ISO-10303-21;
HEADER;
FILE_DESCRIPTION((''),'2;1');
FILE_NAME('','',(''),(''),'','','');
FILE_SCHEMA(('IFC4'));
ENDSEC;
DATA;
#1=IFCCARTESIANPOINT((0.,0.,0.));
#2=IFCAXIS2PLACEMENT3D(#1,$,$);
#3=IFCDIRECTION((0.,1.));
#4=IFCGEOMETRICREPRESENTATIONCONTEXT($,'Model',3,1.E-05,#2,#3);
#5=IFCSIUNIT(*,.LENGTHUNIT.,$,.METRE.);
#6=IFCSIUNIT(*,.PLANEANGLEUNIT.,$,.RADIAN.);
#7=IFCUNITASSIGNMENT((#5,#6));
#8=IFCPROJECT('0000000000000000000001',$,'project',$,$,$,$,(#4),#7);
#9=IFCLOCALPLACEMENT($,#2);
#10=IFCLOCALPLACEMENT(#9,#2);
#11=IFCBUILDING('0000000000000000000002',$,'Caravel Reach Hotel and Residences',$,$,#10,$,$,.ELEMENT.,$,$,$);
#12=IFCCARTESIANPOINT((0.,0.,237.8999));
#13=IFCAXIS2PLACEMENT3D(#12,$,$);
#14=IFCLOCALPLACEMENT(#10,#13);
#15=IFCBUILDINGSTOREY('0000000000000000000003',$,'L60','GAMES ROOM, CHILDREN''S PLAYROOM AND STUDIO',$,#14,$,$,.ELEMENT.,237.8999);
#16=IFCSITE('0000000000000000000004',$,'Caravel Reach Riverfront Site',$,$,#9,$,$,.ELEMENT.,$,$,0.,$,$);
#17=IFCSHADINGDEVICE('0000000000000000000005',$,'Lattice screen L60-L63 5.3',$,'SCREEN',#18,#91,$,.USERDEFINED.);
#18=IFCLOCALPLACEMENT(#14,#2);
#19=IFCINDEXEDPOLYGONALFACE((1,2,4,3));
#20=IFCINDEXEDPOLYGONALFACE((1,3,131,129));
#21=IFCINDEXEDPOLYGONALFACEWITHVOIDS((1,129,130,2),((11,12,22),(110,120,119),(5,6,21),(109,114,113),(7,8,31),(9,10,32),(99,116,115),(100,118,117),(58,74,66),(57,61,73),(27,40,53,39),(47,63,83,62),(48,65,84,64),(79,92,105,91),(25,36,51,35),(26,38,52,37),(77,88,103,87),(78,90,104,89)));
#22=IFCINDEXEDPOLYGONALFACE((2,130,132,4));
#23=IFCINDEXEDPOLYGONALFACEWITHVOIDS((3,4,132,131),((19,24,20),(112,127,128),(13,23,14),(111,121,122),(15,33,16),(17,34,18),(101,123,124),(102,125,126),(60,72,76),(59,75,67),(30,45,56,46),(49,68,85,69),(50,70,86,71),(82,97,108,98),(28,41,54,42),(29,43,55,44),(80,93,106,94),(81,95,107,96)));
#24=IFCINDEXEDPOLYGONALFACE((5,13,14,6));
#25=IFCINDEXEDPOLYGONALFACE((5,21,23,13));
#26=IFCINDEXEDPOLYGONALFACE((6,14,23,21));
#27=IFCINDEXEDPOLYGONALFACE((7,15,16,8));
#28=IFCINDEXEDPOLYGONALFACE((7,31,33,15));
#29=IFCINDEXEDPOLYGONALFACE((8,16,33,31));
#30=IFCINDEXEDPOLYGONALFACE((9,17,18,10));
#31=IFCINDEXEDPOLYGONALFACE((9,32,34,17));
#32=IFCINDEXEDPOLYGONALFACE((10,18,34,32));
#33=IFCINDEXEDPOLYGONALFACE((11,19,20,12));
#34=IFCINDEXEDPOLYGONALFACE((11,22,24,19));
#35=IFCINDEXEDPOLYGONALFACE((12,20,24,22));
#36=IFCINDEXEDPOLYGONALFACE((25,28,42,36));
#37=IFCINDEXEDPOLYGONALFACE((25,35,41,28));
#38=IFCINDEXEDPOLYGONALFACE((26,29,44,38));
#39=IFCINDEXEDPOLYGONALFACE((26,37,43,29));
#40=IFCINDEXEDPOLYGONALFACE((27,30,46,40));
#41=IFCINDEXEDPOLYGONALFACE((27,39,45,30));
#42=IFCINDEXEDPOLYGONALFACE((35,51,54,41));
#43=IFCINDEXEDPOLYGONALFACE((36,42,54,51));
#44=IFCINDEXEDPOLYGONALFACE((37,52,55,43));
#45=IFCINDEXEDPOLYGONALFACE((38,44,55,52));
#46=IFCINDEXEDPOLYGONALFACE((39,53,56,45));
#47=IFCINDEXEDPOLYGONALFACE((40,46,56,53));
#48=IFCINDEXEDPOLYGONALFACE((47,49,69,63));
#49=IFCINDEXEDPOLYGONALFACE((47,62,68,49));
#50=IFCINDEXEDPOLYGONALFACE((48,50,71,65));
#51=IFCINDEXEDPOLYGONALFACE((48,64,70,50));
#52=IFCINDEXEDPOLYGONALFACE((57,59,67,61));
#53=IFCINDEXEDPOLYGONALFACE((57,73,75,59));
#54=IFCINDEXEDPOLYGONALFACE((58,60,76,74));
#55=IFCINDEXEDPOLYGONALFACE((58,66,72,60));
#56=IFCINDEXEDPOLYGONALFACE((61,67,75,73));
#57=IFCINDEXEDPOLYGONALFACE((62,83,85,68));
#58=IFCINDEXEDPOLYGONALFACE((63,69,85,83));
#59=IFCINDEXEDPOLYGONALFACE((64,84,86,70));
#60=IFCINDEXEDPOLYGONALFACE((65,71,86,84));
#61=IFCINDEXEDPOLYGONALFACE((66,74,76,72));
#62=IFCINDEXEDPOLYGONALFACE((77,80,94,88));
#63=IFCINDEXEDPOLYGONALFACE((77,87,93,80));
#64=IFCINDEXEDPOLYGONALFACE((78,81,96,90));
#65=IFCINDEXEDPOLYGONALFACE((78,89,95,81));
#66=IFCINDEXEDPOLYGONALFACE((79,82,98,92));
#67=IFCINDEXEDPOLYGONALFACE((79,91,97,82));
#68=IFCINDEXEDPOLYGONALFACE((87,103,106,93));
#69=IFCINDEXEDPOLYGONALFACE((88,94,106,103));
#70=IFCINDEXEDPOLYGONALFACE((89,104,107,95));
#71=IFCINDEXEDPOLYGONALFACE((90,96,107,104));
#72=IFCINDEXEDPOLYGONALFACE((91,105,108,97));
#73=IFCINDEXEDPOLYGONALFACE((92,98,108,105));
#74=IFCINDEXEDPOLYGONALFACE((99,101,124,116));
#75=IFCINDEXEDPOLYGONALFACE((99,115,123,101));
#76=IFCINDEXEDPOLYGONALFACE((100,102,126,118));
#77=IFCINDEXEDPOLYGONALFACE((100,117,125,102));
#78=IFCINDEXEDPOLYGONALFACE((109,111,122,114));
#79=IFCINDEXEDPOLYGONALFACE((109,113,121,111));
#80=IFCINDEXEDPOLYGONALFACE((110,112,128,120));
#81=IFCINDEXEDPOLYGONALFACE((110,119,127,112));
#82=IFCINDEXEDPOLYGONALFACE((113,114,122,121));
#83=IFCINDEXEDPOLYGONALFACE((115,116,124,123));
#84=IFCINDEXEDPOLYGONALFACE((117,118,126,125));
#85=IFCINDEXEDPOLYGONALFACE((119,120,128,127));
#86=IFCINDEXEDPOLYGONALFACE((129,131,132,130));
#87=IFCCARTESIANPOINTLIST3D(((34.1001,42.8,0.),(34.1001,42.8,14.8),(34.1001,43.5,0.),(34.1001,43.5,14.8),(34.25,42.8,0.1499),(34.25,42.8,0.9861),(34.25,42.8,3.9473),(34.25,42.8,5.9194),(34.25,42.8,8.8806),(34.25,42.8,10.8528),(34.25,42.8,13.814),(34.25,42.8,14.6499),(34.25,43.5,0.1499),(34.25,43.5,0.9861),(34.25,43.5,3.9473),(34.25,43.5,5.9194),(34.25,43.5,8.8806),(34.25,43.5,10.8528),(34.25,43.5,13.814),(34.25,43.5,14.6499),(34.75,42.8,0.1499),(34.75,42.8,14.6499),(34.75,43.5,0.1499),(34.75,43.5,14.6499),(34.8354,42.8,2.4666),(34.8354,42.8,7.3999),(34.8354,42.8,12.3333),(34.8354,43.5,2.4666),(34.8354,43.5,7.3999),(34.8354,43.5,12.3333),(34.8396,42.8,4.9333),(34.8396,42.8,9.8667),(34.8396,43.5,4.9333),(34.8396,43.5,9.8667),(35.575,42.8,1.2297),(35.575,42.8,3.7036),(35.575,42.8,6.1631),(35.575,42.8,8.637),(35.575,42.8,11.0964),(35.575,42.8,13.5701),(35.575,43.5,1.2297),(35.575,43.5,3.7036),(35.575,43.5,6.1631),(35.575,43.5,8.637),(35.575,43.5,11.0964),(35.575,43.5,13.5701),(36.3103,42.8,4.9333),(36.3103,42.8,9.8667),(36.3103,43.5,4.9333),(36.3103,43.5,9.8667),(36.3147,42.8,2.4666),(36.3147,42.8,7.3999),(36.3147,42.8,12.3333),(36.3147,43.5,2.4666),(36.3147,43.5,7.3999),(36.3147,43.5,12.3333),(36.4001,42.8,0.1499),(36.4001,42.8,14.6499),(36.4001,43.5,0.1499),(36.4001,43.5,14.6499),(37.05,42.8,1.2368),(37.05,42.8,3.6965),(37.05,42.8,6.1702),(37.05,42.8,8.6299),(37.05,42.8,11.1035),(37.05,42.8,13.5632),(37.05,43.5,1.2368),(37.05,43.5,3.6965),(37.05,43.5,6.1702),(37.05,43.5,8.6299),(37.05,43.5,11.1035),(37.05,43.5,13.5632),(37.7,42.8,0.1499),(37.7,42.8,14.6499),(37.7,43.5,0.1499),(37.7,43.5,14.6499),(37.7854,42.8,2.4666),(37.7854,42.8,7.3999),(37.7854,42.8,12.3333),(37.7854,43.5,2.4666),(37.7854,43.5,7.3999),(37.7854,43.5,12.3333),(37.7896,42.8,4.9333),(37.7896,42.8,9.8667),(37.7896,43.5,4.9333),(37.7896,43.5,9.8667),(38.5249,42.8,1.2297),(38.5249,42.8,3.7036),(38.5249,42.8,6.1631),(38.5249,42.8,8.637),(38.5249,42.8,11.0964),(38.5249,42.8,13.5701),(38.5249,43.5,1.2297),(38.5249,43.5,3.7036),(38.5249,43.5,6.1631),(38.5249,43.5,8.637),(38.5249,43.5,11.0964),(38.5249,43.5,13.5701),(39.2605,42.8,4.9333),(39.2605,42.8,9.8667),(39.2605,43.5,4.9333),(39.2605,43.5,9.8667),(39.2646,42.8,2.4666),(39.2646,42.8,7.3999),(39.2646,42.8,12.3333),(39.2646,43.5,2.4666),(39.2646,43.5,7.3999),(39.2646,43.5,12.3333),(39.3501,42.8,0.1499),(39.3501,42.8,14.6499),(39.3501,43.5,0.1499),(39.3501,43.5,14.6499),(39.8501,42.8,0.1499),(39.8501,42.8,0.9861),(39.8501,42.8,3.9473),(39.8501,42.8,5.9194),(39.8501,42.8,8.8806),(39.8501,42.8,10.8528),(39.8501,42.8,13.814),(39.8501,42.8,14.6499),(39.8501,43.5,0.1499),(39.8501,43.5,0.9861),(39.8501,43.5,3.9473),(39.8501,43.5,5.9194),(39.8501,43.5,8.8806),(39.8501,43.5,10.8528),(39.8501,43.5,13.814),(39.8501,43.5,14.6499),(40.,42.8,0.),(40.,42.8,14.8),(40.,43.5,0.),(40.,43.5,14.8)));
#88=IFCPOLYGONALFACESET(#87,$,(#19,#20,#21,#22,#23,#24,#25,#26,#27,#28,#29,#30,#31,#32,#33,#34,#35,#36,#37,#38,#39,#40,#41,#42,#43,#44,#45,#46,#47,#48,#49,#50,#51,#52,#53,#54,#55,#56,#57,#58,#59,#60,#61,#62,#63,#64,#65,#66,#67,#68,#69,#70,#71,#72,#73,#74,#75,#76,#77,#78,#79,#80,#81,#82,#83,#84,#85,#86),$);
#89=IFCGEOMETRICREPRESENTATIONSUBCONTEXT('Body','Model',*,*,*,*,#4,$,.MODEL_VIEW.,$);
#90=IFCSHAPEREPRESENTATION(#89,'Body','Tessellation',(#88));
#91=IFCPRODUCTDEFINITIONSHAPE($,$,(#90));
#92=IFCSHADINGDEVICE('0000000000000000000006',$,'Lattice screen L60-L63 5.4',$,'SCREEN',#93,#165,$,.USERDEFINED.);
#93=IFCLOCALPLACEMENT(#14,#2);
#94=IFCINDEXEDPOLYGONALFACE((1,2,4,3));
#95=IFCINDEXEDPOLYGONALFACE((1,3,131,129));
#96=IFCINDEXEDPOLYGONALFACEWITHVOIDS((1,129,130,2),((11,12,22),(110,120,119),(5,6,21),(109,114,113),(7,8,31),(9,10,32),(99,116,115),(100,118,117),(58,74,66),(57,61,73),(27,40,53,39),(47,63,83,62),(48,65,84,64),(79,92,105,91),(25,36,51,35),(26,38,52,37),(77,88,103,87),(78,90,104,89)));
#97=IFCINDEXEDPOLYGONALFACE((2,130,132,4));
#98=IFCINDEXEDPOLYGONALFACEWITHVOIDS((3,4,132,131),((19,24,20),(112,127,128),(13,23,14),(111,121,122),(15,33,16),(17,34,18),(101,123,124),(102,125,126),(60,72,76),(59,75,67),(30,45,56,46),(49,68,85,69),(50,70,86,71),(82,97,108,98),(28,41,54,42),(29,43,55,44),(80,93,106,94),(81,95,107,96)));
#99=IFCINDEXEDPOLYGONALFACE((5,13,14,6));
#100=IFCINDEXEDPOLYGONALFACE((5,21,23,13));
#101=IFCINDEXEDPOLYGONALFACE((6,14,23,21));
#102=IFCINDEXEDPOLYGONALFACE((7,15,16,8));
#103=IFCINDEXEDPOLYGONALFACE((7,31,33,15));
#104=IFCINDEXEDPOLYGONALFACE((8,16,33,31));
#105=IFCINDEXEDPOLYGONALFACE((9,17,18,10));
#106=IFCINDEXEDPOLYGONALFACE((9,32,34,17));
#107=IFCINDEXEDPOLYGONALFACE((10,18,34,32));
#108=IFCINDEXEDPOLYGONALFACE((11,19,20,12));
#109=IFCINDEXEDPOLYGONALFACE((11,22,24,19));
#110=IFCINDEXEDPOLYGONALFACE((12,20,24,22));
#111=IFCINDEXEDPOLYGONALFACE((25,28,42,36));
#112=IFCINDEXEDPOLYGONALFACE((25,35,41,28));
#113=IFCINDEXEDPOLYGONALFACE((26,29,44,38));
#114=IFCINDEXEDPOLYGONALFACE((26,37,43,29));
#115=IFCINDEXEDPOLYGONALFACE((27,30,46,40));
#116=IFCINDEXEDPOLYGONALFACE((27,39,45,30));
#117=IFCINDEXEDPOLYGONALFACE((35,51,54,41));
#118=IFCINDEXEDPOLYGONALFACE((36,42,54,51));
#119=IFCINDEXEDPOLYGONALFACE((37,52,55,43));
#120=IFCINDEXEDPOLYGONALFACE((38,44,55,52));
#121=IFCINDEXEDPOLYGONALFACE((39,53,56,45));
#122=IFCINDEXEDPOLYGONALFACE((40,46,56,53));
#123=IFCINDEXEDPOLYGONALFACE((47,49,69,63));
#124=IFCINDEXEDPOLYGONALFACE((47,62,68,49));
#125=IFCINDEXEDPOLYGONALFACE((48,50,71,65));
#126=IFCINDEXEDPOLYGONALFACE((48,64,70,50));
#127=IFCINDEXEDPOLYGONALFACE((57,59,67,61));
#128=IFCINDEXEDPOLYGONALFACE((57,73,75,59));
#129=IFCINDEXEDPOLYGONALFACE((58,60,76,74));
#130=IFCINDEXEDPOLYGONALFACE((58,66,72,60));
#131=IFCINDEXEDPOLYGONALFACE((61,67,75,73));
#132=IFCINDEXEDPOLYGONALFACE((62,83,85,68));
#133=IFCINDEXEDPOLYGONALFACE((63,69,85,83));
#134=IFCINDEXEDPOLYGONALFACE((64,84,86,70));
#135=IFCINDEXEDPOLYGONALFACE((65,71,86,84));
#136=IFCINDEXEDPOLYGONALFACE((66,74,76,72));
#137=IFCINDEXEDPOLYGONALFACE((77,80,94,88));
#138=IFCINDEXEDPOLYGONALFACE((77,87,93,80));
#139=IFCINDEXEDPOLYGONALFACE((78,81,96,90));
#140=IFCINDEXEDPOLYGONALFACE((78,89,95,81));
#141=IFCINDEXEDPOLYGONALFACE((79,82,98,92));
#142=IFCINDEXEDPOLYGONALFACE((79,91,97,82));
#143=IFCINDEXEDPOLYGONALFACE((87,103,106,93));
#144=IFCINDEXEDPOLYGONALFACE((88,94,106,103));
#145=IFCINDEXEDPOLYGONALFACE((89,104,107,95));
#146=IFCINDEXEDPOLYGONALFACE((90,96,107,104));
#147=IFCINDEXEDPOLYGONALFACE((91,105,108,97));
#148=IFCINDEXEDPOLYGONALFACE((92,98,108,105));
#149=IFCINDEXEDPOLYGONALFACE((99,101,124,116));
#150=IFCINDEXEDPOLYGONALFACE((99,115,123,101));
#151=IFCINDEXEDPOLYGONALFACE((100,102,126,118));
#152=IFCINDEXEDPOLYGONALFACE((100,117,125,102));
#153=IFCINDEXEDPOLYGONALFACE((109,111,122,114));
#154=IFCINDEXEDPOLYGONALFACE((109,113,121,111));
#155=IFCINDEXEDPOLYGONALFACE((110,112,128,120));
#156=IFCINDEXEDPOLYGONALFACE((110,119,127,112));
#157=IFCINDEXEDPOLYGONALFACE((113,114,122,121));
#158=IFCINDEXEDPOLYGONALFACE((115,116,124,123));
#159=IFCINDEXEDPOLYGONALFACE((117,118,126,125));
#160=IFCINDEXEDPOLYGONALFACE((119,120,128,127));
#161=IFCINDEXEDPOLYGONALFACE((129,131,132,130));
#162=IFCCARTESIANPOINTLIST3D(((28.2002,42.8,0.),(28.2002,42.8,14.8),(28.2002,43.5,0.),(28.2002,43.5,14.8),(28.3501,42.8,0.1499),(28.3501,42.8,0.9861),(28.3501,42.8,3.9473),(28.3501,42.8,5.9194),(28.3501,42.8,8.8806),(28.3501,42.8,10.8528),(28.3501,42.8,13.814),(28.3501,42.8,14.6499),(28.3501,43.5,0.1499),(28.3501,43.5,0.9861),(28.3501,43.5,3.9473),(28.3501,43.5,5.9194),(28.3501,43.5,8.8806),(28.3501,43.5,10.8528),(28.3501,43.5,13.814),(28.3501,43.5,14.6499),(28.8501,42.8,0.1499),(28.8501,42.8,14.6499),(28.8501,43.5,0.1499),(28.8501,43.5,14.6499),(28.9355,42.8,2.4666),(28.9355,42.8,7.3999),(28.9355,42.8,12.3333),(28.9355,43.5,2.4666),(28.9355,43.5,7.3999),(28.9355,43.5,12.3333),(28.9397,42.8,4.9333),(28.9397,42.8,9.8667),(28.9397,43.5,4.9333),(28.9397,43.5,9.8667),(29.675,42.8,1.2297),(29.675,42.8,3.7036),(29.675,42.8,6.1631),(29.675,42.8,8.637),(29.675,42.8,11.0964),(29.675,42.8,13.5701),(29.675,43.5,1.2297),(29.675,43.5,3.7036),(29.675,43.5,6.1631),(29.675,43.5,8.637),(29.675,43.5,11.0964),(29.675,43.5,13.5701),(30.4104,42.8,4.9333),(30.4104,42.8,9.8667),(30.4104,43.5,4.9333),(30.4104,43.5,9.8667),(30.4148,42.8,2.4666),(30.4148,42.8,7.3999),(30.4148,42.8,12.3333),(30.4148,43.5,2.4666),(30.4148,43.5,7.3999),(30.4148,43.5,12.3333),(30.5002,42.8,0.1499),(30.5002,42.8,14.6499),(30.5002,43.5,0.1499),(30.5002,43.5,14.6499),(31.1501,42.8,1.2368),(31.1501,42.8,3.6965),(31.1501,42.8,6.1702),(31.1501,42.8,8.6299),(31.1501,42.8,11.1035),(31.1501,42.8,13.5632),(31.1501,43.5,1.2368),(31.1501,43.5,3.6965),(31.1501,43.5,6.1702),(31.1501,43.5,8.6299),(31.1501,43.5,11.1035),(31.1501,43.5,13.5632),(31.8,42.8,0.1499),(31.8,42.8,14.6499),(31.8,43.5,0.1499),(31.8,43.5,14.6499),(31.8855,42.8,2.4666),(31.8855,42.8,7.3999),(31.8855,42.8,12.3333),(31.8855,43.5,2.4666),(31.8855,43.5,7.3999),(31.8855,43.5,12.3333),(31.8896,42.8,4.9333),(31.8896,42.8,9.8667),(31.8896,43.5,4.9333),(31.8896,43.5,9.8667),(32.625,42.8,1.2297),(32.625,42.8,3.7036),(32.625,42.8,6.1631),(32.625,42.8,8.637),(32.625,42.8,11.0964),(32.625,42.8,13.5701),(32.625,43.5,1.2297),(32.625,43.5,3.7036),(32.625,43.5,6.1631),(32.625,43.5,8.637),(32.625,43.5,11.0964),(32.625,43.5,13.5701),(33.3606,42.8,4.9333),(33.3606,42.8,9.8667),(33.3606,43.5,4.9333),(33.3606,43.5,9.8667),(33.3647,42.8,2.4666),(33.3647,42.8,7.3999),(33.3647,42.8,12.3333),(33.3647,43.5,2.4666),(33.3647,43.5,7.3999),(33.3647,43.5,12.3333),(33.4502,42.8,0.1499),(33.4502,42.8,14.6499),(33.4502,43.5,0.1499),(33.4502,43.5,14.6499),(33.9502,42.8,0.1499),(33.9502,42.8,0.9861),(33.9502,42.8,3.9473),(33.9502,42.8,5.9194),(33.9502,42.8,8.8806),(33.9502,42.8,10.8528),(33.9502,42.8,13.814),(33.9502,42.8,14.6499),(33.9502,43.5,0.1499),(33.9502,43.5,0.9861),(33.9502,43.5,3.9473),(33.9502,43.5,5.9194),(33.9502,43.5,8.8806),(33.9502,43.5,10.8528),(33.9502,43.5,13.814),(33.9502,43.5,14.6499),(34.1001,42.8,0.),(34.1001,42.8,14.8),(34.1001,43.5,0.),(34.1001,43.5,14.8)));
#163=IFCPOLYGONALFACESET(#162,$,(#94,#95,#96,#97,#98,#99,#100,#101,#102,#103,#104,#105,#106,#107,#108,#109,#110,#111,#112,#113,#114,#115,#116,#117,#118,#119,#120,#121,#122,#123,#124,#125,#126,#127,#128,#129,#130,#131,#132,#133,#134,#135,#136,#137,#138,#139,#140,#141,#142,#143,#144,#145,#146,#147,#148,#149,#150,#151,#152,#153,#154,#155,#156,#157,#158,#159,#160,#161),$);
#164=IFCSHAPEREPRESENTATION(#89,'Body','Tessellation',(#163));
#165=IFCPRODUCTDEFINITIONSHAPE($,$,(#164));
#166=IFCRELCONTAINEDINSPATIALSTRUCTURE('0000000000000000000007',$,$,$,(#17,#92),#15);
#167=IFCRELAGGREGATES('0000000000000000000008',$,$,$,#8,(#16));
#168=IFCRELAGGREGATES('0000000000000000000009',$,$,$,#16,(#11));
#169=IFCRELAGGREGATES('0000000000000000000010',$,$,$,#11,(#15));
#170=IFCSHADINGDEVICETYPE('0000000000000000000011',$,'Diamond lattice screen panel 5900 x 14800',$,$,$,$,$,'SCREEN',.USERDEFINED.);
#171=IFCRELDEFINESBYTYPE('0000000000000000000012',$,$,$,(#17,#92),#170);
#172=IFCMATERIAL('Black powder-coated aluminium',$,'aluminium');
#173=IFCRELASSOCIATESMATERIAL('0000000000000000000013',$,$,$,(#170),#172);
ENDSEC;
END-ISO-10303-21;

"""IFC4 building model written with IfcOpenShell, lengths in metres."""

from ifc_helpers import new_model, si_unit, direction, frame, origin, place, context, subcontext, project, spatial, polyline, outline, extrude, material, type_object, element, save


model = new_model("IFC4")

# Units and contexts
model_context = context("Model", 3, precision=1e-05, world=origin(), true_north=direction((0.0, 1.0)))
body_context = subcontext(model_context, "Body", "Model", "MODEL_VIEW")
ifc_project = project(units=[si_unit("LENGTHUNIT", "METRE"), si_unit("PLANEANGLEUNIT", "RADIAN")], contexts=[model_context])

# Site, building, storey
site_placement = place(None, origin())
site = spatial("IfcSite", under=ifc_project, at=site_placement, Name="Caravel Reach Riverfront Site", CompositionType="ELEMENT", RefElevation=0.0)
building_placement = place(site_placement, origin())
building = spatial("IfcBuilding", under=site, at=building_placement, Name="Caravel Reach Hotel and Residences", CompositionType="ELEMENT")
storey_placement = place(building_placement, frame((0.0, 0.0, 237.8999)))
storey = spatial("IfcBuildingStorey", under=building, at=storey_placement, Name="L60", Description="GAMES ROOM, CHILDREN'S PLAYROOM AND STUDIO", CompositionType="ELEMENT", Elevation=237.8999)

# Shading devices
ifc_material_1 = material(Name="Black powder-coated aluminium", Category="aluminium")
shading_device_type = type_object("IfcShadingDeviceType", Name="Diamond lattice screen panel 5900 x 14800", ElementType="SCREEN", PredefinedType="USERDEFINED", material=ifc_material_1)
shading_device_1_placement = place(storey_placement, frame((40.0, 42.8, 0.0), z_axis=(0.0, 1.0, 0.0), x_axis=(-1.0, 0.0, 0.0)))
element("IfcShadingDevice", 1, at=shading_device_1_placement, inside=storey, type_object=shading_device_type, Name="Lattice screen L60-L63 5.3", ObjectType="SCREEN", PredefinedType="USERDEFINED", context=body_context, shape_type="SweptSolid", body=[
    extrude(outline(polyline([(0.0, 0.0), (5.8999, 0.0), (5.8999, 14.8), (0.0, 14.8), (0.0, 0.0)]), holes=[polyline([(0.6499, 0.1499), (0.1499, 0.9861), (0.1499, 0.1499), (0.6499, 0.1499)]), polyline([(0.7395, 4.9333), (0.1499, 5.9194), (0.1499, 3.9473), (0.7395, 4.9333)]), polyline([(0.7395, 9.8667), (0.1499, 10.8528), (0.1499, 8.8806), (0.7395, 9.8667)]), polyline([(0.1499, 13.814), (0.6499, 14.6499), (0.1499, 14.6499), (0.1499, 13.814)]), polyline([(1.4751, 3.7036), (0.7354, 2.4666), (1.4751, 1.2297), (2.2146, 2.4666), (1.4751, 3.7036)]), polyline([(1.4751, 8.637), (0.7354, 7.3999), (1.4751, 6.1631), (2.2146, 7.3999), (1.4751, 8.637)]), polyline([(1.4751, 13.5701), (0.7354, 12.3333), (1.4751, 11.0964), (2.2146, 12.3333), (1.4751, 13.5701)]), polyline([(2.95, 1.2368), (2.3, 0.1499), (3.5999, 0.1499), (2.95, 1.2368)]), polyline([(2.95, 6.1702), (2.2104, 4.9333), (2.95, 3.6965), (3.6897, 4.9333), (2.95, 6.1702)]), polyline([(2.95, 11.1035), (2.2104, 9.8667), (2.95, 8.6299), (3.6897, 9.8667), (2.95, 11.1035)]), polyline([(2.95, 13.5632), (3.5999, 14.6499), (2.3, 14.6499), (2.95, 13.5632)]), polyline([(4.425, 3.7036), (3.6853, 2.4666), (4.425, 1.2297), (5.1646, 2.4666), (4.425, 3.7036)]), polyline([(4.425, 8.637), (3.6853, 7.3999), (4.425, 6.1631), (5.1646, 7.3999), (4.425, 8.637)]), polyline([(4.425, 13.5701), (3.6853, 12.3333), (4.425, 11.0964), (5.1646, 12.3333), (4.425, 13.5701)]), polyline([(5.75, 0.9861), (5.25, 0.1499), (5.75, 0.1499), (5.75, 0.9861)]), polyline([(5.1604, 4.9333), (5.75, 3.9473), (5.75, 5.9194), (5.1604, 4.9333)]), polyline([(5.1604, 9.8667), (5.75, 8.8806), (5.75, 10.8528), (5.1604, 9.8667)]), polyline([(5.25, 14.6499), (5.75, 13.814), (5.75, 14.6499), (5.25, 14.6499)])]), origin(), (0.0, 0.0, 1.0), 0.7),
])
shading_device_2_placement = place(storey_placement, frame((34.1001, 42.8, 0.0), z_axis=(0.0, 1.0, 0.0), x_axis=(-1.0, 0.0, 0.0)))
element("IfcShadingDevice", 2, at=shading_device_2_placement, inside=storey, type_object=shading_device_type, Name="Lattice screen L60-L63 5.4", ObjectType="SCREEN", PredefinedType="USERDEFINED", context=body_context, shape_type="SweptSolid", body=[
    extrude(outline(polyline([(0.0, 0.0), (5.8999, 0.0), (5.8999, 14.8), (0.0, 14.8), (0.0, 0.0)]), holes=[polyline([(0.6499, 0.1499), (0.1499, 0.9861), (0.1499, 0.1499), (0.6499, 0.1499)]), polyline([(0.7395, 4.9333), (0.1499, 5.9194), (0.1499, 3.9473), (0.7395, 4.9333)]), polyline([(0.7395, 9.8667), (0.1499, 10.8528), (0.1499, 8.8806), (0.7395, 9.8667)]), polyline([(0.1499, 13.814), (0.6499, 14.6499), (0.1499, 14.6499), (0.1499, 13.814)]), polyline([(1.4751, 3.7036), (0.7354, 2.4666), (1.4751, 1.2297), (2.2146, 2.4666), (1.4751, 3.7036)]), polyline([(1.4751, 8.637), (0.7354, 7.3999), (1.4751, 6.1631), (2.2146, 7.3999), (1.4751, 8.637)]), polyline([(1.4751, 13.5701), (0.7354, 12.3333), (1.4751, 11.0964), (2.2146, 12.3333), (1.4751, 13.5701)]), polyline([(2.95, 1.2368), (2.3, 0.1499), (3.5999, 0.1499), (2.95, 1.2368)]), polyline([(2.95, 6.1702), (2.2104, 4.9333), (2.95, 3.6965), (3.6897, 4.9333), (2.95, 6.1702)]), polyline([(2.95, 11.1035), (2.2104, 9.8667), (2.95, 8.6299), (3.6897, 9.8667), (2.95, 11.1035)]), polyline([(2.95, 13.5632), (3.5999, 14.6499), (2.3, 14.6499), (2.95, 13.5632)]), polyline([(4.425, 3.7036), (3.6853, 2.4666), (4.425, 1.2297), (5.1646, 2.4666), (4.425, 3.7036)]), polyline([(4.425, 8.637), (3.6853, 7.3999), (4.425, 6.1631), (5.1646, 7.3999), (4.425, 8.637)]), polyline([(4.425, 13.5701), (3.6853, 12.3333), (4.425, 11.0964), (5.1646, 12.3333), (4.425, 13.5701)]), polyline([(5.75, 0.9861), (5.25, 0.1499), (5.75, 0.1499), (5.75, 0.9861)]), polyline([(5.1604, 4.9333), (5.75, 3.9473), (5.75, 5.9194), (5.1604, 4.9333)]), polyline([(5.1604, 9.8667), (5.75, 8.8806), (5.75, 10.8528), (5.1604, 9.8667)]), polyline([(5.25, 14.6499), (5.75, 13.814), (5.75, 14.6499), (5.25, 14.6499)])]), origin(), (0.0, 0.0, 1.0), 0.7),
])

save(model, "model.ifc")
